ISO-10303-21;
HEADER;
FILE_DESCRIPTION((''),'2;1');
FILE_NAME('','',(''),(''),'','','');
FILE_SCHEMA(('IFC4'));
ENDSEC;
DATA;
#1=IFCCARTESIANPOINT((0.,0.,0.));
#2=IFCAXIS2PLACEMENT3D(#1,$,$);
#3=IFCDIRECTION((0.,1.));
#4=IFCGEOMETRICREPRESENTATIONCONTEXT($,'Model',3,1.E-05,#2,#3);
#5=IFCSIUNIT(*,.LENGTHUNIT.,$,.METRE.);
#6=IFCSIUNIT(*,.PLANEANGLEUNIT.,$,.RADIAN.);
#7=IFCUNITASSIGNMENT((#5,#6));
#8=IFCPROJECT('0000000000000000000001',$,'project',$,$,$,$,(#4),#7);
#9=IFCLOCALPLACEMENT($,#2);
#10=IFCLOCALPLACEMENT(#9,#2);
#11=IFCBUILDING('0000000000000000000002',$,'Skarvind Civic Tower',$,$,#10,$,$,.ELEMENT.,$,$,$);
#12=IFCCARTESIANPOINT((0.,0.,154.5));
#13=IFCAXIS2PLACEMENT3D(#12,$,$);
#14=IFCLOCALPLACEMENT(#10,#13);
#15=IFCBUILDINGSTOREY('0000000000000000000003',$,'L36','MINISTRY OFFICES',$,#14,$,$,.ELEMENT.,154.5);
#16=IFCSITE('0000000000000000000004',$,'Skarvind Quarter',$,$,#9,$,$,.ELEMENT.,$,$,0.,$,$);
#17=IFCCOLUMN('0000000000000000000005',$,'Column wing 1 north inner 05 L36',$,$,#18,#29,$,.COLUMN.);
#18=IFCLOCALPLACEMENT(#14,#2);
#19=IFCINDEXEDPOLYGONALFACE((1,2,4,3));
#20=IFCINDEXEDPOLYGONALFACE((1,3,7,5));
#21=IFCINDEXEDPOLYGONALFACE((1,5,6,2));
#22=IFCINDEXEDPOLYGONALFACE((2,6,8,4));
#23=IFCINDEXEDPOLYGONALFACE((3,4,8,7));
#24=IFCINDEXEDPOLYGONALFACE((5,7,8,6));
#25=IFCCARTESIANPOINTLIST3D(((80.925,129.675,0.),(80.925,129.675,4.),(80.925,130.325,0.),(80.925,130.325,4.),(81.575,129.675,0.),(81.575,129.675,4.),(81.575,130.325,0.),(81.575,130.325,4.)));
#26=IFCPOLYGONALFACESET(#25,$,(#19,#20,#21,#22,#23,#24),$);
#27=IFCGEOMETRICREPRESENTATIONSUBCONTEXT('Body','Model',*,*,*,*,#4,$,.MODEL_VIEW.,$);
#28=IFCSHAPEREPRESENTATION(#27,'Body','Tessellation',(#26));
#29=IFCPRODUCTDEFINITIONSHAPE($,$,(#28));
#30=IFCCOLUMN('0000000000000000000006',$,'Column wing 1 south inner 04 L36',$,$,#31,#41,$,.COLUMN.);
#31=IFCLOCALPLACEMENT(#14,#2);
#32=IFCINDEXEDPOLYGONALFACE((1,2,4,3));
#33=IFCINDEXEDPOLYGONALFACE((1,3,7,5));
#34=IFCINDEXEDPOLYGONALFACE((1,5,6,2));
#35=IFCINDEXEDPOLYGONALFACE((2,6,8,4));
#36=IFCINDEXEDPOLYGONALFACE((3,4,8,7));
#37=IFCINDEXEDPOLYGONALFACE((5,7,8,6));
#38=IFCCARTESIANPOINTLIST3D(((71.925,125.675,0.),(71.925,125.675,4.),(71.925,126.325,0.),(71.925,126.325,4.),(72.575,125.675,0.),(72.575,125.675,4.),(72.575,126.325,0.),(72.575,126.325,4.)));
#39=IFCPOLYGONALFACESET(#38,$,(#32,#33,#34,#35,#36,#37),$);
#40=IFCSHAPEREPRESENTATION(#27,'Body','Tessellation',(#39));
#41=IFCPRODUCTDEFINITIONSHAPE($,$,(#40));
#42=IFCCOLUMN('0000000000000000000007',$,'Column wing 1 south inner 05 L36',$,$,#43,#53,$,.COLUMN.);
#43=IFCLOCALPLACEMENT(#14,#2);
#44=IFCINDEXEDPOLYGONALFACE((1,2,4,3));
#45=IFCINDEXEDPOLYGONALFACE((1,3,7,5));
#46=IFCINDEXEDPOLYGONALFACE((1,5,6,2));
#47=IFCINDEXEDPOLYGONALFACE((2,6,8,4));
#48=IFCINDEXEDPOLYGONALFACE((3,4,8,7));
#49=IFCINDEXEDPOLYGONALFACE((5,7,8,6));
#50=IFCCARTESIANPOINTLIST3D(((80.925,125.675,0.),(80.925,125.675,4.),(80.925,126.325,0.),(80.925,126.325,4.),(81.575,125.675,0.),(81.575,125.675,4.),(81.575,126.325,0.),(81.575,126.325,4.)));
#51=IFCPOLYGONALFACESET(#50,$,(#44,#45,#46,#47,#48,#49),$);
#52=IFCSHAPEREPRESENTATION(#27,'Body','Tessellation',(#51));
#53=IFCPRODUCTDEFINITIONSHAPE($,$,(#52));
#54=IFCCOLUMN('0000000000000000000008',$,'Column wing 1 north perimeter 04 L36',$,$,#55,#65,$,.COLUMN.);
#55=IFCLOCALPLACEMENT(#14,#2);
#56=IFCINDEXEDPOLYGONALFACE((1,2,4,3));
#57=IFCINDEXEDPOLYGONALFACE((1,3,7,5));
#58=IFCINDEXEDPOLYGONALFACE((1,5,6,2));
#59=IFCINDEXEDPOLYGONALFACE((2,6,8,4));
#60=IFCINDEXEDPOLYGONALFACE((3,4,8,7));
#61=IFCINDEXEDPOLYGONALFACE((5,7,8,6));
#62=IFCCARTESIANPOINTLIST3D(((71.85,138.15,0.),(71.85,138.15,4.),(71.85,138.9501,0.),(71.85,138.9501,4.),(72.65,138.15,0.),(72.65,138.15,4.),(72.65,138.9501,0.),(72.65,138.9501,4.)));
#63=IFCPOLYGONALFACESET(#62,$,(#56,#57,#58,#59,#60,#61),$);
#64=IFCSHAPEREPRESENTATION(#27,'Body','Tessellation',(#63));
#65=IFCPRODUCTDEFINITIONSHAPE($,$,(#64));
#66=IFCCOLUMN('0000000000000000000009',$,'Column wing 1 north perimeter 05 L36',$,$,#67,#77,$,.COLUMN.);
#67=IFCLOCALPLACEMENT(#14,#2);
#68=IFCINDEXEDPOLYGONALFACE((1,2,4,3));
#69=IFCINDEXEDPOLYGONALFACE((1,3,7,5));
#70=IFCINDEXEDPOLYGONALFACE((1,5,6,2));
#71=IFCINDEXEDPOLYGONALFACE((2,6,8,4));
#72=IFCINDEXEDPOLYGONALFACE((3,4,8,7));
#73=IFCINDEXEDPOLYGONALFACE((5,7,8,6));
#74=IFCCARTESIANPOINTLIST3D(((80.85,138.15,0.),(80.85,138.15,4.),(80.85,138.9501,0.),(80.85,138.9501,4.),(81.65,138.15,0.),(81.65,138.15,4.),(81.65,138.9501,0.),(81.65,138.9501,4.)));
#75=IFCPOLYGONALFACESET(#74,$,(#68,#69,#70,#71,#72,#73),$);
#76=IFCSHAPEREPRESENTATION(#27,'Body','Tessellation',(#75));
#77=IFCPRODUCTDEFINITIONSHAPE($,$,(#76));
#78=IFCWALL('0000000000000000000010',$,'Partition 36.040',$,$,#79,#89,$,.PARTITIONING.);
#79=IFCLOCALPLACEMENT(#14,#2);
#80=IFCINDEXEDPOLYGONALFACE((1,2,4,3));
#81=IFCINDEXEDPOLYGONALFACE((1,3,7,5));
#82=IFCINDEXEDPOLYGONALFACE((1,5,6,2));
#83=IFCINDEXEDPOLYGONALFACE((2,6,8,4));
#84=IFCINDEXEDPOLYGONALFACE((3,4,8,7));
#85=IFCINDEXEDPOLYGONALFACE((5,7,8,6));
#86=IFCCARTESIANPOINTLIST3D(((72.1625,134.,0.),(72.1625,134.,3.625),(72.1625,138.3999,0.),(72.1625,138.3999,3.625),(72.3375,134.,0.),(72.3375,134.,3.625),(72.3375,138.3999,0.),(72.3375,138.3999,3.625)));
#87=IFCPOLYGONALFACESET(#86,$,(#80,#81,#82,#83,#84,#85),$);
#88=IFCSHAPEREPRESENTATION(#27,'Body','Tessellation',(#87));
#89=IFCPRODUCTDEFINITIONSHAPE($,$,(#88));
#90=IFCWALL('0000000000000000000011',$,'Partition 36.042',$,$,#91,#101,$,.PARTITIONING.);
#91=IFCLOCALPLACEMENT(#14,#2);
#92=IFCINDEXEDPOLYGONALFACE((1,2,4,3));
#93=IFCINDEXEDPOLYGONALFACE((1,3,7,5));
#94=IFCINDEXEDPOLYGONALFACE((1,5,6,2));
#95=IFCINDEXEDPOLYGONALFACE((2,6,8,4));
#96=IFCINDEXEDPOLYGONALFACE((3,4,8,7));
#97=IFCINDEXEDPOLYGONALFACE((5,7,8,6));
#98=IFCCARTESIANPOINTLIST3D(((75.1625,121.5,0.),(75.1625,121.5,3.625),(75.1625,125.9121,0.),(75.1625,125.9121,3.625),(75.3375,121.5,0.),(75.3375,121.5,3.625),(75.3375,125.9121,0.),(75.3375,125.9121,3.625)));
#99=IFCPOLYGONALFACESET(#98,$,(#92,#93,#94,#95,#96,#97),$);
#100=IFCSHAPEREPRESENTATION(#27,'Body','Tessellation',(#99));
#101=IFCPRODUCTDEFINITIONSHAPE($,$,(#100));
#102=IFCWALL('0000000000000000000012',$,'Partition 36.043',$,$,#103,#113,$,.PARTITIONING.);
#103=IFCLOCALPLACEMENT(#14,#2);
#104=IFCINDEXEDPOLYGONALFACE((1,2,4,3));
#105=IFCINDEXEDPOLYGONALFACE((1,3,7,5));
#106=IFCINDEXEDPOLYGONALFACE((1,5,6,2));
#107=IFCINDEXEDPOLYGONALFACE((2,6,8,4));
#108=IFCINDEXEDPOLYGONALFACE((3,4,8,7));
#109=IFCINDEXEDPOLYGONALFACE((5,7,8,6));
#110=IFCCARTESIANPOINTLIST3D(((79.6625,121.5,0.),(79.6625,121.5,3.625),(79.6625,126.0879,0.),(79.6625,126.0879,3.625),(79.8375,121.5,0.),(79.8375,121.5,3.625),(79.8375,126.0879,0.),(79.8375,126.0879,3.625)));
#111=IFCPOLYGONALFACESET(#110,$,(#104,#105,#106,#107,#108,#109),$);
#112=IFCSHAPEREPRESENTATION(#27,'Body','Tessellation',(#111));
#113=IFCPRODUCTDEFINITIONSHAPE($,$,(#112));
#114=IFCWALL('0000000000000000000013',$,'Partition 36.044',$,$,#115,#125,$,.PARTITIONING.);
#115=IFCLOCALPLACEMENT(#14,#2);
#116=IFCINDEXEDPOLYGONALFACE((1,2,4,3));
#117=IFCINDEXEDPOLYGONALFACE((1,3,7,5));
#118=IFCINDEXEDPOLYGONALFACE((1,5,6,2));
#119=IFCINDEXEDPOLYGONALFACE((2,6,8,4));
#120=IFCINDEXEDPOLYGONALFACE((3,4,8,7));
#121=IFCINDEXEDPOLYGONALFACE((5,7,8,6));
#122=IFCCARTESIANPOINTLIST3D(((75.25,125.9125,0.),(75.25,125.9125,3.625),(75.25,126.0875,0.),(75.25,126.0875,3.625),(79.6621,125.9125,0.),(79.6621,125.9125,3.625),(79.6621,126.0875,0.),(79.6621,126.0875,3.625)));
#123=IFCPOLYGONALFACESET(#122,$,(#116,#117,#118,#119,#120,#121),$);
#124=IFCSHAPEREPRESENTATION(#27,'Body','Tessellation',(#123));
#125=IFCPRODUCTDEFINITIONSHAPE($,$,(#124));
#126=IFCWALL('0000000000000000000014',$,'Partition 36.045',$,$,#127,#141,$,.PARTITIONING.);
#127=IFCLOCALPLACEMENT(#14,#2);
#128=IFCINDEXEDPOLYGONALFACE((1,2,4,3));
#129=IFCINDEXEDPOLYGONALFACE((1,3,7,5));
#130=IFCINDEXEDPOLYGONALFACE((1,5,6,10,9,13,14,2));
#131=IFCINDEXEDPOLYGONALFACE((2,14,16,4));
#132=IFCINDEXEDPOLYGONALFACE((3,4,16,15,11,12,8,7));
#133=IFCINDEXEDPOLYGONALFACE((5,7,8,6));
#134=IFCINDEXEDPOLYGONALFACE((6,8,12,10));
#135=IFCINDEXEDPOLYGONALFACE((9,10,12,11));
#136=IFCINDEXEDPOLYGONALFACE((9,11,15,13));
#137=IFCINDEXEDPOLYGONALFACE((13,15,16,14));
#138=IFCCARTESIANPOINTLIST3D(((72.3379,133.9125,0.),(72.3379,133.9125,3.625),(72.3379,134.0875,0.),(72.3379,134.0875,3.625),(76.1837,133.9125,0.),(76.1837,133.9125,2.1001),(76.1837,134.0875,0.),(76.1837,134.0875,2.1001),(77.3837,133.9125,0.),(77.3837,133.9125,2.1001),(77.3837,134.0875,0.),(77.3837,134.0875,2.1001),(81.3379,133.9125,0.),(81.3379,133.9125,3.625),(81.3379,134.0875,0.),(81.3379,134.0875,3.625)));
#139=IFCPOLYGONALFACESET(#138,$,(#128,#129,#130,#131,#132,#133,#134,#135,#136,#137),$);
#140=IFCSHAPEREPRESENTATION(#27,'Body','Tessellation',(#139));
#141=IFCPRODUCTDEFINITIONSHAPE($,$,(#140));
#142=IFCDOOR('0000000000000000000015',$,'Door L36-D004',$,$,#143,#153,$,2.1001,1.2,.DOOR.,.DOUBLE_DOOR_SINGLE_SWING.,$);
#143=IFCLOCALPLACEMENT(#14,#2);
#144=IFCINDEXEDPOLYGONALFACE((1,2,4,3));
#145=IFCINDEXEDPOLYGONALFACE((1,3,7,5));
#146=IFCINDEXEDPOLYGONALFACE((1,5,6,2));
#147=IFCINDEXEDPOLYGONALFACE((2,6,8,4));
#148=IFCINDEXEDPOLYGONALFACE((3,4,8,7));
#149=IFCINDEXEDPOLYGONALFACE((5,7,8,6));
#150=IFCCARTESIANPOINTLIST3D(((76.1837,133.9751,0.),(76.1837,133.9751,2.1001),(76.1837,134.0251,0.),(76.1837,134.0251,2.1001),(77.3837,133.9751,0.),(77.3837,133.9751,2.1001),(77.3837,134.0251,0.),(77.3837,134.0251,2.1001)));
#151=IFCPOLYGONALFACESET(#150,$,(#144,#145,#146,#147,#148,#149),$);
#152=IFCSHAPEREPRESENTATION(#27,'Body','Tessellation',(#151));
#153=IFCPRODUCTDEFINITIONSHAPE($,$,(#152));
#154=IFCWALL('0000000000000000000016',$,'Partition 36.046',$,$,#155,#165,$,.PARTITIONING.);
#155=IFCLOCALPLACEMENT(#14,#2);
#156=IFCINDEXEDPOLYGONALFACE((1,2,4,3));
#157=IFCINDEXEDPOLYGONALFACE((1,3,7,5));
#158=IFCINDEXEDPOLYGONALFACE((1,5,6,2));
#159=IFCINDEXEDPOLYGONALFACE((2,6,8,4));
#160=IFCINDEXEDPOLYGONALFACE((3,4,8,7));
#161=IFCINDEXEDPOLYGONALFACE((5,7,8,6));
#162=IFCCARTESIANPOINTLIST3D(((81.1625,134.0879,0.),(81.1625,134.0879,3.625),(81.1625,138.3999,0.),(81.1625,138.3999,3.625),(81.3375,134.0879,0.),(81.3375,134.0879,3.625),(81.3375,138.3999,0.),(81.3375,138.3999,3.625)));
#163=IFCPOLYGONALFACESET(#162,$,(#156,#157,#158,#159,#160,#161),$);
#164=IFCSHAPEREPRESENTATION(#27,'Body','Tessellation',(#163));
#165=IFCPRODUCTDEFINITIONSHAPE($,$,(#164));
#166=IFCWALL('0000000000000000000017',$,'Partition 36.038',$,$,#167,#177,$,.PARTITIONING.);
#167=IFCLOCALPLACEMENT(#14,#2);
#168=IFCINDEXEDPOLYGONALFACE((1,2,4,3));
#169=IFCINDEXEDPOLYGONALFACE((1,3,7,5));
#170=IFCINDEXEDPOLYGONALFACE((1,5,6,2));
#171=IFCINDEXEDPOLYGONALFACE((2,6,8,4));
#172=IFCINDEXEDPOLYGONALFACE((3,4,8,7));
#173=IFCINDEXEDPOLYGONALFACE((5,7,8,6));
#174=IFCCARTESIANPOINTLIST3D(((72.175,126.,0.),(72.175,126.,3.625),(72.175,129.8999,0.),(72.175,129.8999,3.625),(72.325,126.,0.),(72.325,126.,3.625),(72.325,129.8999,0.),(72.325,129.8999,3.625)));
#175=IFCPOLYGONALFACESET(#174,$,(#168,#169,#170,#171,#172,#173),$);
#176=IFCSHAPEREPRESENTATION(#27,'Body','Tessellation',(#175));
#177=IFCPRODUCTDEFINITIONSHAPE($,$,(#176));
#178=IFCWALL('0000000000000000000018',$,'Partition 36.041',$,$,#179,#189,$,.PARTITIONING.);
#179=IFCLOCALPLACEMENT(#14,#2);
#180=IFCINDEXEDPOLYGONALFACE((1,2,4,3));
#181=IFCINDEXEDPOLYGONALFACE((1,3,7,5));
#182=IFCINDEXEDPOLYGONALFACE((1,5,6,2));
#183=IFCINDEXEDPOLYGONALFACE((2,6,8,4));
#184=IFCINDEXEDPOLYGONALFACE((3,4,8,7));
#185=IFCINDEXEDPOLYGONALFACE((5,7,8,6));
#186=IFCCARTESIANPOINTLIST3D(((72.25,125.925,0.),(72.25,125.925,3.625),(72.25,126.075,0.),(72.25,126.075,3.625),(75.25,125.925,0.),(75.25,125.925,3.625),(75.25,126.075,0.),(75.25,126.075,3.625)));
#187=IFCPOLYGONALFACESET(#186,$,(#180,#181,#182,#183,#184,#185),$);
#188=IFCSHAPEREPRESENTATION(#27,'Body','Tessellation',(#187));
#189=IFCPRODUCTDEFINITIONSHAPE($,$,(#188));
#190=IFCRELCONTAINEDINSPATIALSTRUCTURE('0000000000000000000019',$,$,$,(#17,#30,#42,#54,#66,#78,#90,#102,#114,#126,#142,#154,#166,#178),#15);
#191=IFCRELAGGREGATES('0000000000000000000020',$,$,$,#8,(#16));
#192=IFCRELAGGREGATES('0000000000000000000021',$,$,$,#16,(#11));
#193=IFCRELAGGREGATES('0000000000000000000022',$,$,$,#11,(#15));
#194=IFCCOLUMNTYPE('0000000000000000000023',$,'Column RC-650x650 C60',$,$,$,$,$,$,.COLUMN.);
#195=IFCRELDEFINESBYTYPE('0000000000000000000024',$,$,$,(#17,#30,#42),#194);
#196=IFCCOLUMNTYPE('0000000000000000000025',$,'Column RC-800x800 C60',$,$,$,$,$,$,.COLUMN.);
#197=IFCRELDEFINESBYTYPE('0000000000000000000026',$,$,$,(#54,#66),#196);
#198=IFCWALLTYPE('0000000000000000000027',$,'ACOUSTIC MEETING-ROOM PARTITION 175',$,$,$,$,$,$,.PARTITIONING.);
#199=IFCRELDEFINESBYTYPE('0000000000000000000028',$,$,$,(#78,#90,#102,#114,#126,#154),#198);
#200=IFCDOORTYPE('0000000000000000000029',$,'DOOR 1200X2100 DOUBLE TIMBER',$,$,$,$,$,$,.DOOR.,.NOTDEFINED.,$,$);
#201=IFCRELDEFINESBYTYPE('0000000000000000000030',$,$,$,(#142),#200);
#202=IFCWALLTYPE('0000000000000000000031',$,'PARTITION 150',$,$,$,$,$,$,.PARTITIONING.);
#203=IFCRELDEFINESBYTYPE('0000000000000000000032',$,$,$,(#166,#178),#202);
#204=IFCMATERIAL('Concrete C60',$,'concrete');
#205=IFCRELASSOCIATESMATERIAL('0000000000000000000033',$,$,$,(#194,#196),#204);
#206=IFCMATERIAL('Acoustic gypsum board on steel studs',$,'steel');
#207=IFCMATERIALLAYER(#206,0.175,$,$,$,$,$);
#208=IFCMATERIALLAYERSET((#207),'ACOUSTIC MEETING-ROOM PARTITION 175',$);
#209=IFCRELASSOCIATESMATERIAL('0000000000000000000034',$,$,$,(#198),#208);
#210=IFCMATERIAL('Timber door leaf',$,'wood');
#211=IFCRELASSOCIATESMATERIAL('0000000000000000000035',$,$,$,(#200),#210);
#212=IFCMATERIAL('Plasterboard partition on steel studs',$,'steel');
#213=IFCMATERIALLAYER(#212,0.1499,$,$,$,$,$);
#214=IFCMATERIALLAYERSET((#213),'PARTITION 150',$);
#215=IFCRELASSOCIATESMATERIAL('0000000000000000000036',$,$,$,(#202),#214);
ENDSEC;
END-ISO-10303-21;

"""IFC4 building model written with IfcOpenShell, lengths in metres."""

from ifc_helpers import new_model, si_unit, direction, frame, frame_2d, origin, origin_2d, place, context, subcontext, project, spatial, rectangle, extrude, material, layer, layer_set, material_profile, profile_set, type_object, element, fill, save


model = new_model("IFC4")

# Units and contexts
model_context = context("Model", 3, precision=1e-05, world=origin(), true_north=direction((0.0, 1.0)))
body_context = subcontext(model_context, "Body", "Model", "MODEL_VIEW")
ifc_project = project(units=[si_unit("LENGTHUNIT", "METRE"), si_unit("PLANEANGLEUNIT", "RADIAN")], contexts=[model_context])

# Site, building, storey
site_placement = place(None, origin())
site = spatial("IfcSite", under=ifc_project, at=site_placement, Name="Skarvind Quarter", CompositionType="ELEMENT", RefElevation=0.0)
building_placement = place(site_placement, origin())
building = spatial("IfcBuilding", under=site, at=building_placement, Name="Skarvind Civic Tower", CompositionType="ELEMENT")
storey_placement = place(building_placement, frame((0.0, 0.0, 154.5)))
storey = spatial("IfcBuildingStorey", under=building, at=storey_placement, Name="L36", Description="MINISTRY OFFICES", CompositionType="ELEMENT", Elevation=154.5)

# Columns
ifc_material_1 = material(Name="Concrete C60", Category="concrete")
ifc_material_profile_1 = material_profile(ifc_material_1, rectangle(XDim=0.6499, YDim=0.6499, at=origin_2d()), Name="RC-650x650")
ifc_profile_set_1 = profile_set([ifc_material_profile_1], Name="Concrete C60")
column_type_1 = type_object("IfcColumnType", Name="Column RC-650x650 C60", PredefinedType="COLUMN", material=ifc_profile_set_1)
for number, where, z_axis, x_axis, name in (
    (1, (81.25, 130.0, 0.0), (0.0, 0.0, 1.0), (1.0, 0.0, 0.0), "Column wing 1 north inner 05 L36"),
    (2, (72.25, 126.0, 0.0), (0.0, 0.0, 1.0), (1.0, 0.0, 0.0), "Column wing 1 south inner 04 L36"),
    (3, (81.25, 126.0, 0.0), (0.0, 0.0, 1.0), (1.0, 0.0, 0.0), "Column wing 1 south inner 05 L36"),
):
    element("IfcColumn", number, at=place(storey_placement, frame(where, z_axis=z_axis, x_axis=x_axis)), inside=storey, type_object=column_type_1, Name=name, PredefinedType="COLUMN", context=body_context, shape_type="SweptSolid", body=[
        extrude(rectangle(XDim=0.6499, YDim=0.6499, at=origin_2d()), origin(), (0.0, 0.0, 1.0), 4.0),
    ])
ifc_material_profile_2 = material_profile(ifc_material_1, rectangle(XDim=0.8, YDim=0.8, at=origin_2d()), Name="RC-800x800")
ifc_profile_set_2 = profile_set([ifc_material_profile_2], Name="Concrete C60")
column_type_2 = type_object("IfcColumnType", Name="Column RC-800x800 C60", PredefinedType="COLUMN", material=ifc_profile_set_2)
for number, where, z_axis, x_axis, name in (
    (4, (72.25, 138.55, 0.0), (0.0, 0.0, 1.0), (1.0, 0.0, 0.0), "Column wing 1 north perimeter 04 L36"),
    (5, (81.25, 138.55, 0.0), (0.0, 0.0, 1.0), (1.0, 0.0, 0.0), "Column wing 1 north perimeter 05 L36"),
):
    element("IfcColumn", number, at=place(storey_placement, frame(where, z_axis=z_axis, x_axis=x_axis)), inside=storey, type_object=column_type_2, Name=name, PredefinedType="COLUMN", context=body_context, shape_type="SweptSolid", body=[
        extrude(rectangle(XDim=0.8, YDim=0.8, at=origin_2d()), origin(), (0.0, 0.0, 1.0), 4.0),
    ])

# Walls
ifc_material_2 = material(Name="Acoustic gypsum board on steel studs", Category="steel")
ifc_layer_1 = layer(ifc_material_2, 0.175)
ifc_layer_set_1 = layer_set([ifc_layer_1], Name="ACOUSTIC MEETING-ROOM PARTITION 175")
wall_type_1 = type_object("IfcWallType", Name="ACOUSTIC MEETING-ROOM PARTITION 175", PredefinedType="PARTITIONING", material=ifc_layer_set_1)
wall_1_placement = place(storey_placement, frame((72.25, 134.0, 0.0), z_axis=(0.0, 0.0, 1.0), x_axis=(0.0, 1.0, 0.0)))
element("IfcWall", 6, at=wall_1_placement, inside=storey, type_object=wall_type_1, Name="Partition 36.040", PredefinedType="PARTITIONING", context=body_context, shape_type="SweptSolid", body=[
    extrude(rectangle(XDim=4.3999, YDim=0.175, at=frame_2d((2.2, 0.0))), origin(), (0.0, 0.0, 1.0), 3.625),
])
wall_2_placement = place(storey_placement, frame((75.25, 125.9121, 0.0), z_axis=(0.0, 0.0, 1.0), x_axis=(0.0, -1.0, 0.0)))
element("IfcWall", 7, at=wall_2_placement, inside=storey, type_object=wall_type_1, Name="Partition 36.042", PredefinedType="PARTITIONING", context=body_context, shape_type="SweptSolid", body=[
    extrude(rectangle(XDim=4.4121, YDim=0.175, at=frame_2d((2.2061, 0.0))), origin(), (0.0, 0.0, 1.0), 3.625),
])
wall_3_placement = place(storey_placement, frame((79.75, 121.5, 0.0), z_axis=(0.0, 0.0, 1.0), x_axis=(0.0, 1.0, 0.0)))
element("IfcWall", 8, at=wall_3_placement, inside=storey, type_object=wall_type_1, Name="Partition 36.043", PredefinedType="PARTITIONING", context=body_context, shape_type="SweptSolid", body=[
    extrude(rectangle(XDim=4.5879, YDim=0.175, at=frame_2d((2.2939, 0.0))), origin(), (0.0, 0.0, 1.0), 3.625),
])
wall_4_placement = place(storey_placement, frame((79.6621, 126.0, 0.0), z_axis=(0.0, 0.0, 1.0), x_axis=(-1.0, 0.0, 0.0)))
element("IfcWall", 9, at=wall_4_placement, inside=storey, type_object=wall_type_1, Name="Partition 36.044", PredefinedType="PARTITIONING", context=body_context, shape_type="SweptSolid", body=[
    extrude(rectangle(XDim=4.4121, YDim=0.175, at=frame_2d((2.2061, 0.0))), origin(), (0.0, 0.0, 1.0), 3.625),
])

# Wall, opening, door
wall_5_placement = place(storey_placement, frame((81.3379, 134.0, 0.0), z_axis=(0.0, 0.0, 1.0), x_axis=(-1.0, 0.0, 0.0)))
wall_5 = element("IfcWall", 10, at=wall_5_placement, inside=storey, type_object=wall_type_1, Name="Partition 36.045", PredefinedType="PARTITIONING", context=body_context, shape_type="SweptSolid", body=[
    extrude(rectangle(XDim=9.0, YDim=0.175, at=frame_2d((4.5, 0.0))), origin(), (0.0, 0.0, 1.0), 3.625),
])
opening_placement = place(wall_5_placement, frame((3.9541, 0.0, 0.0)))
opening = element("IfcOpeningElement", 11, at=opening_placement, cuts=wall_5, PredefinedType="OPENING", context=body_context, shape_type="SweptSolid", body=[
    extrude(rectangle(XDim=1.2, YDim=2.1001, at=frame_2d((0.6001, 1.05))), frame((0.0, 0.0974, 0.0), z_axis=(0.0, -1.0, 0.0), x_axis=(1.0, 0.0, 0.0)), (0.0, 0.0, 1.0), 0.1951),
])
ifc_material_3 = material(Name="Timber door leaf", Category="wood")
door_type = type_object("IfcDoorType", Name="DOOR 1200X2100 DOUBLE TIMBER", OperationType="NOTDEFINED", PredefinedType="DOOR", material=ifc_material_3)
door_placement = place(opening_placement, origin())
door = element("IfcDoor", 12, at=door_placement, inside=storey, type_object=door_type, Name="Door L36-D004", OperationType="DOUBLE_DOOR_SINGLE_SWING", OverallHeight=2.1001, OverallWidth=1.2, PredefinedType="DOOR", context=body_context, shape_type="SweptSolid", body=[
    extrude(rectangle(XDim=1.2, YDim=2.1001, at=frame_2d((0.6001, 1.05))), frame((0.0, 0.0249, 0.0), z_axis=(0.0, -1.0, 0.0), x_axis=(1.0, 0.0, 0.0)), (0.0, 0.0, 1.0), 0.05),
])
fill(opening, door)

# Walls
wall_6_placement = place(storey_placement, frame((81.25, 138.3999, 0.0), z_axis=(0.0, 0.0, 1.0), x_axis=(0.0, -1.0, 0.0)))
element("IfcWall", 13, at=wall_6_placement, inside=storey, type_object=wall_type_1, Name="Partition 36.046", PredefinedType="PARTITIONING", context=body_context, shape_type="SweptSolid", body=[
    extrude(rectangle(XDim=4.312, YDim=0.175, at=frame_2d((2.156, 0.0))), origin(), (0.0, 0.0, 1.0), 3.625),
])
ifc_material_4 = material(Name="Plasterboard partition on steel studs", Category="steel")
ifc_layer_2 = layer(ifc_material_4, 0.1499)
ifc_layer_set_2 = layer_set([ifc_layer_2], Name="PARTITION 150")
wall_type_2 = type_object("IfcWallType", Name="PARTITION 150", PredefinedType="PARTITIONING", material=ifc_layer_set_2)
wall_7_placement = place(storey_placement, frame((72.25, 126.0, 0.0), z_axis=(0.0, 0.0, 1.0), x_axis=(0.0, 1.0, 0.0)))
element("IfcWall", 14, at=wall_7_placement, inside=storey, type_object=wall_type_2, Name="Partition 36.038", PredefinedType="PARTITIONING", context=body_context, shape_type="SweptSolid", body=[
    extrude(rectangle(XDim=3.8999, YDim=0.1499, at=frame_2d((1.95, 0.0))), origin(), (0.0, 0.0, 1.0), 3.625),
])
wall_8_placement = place(storey_placement, frame((75.25, 126.0, 0.0), z_axis=(0.0, 0.0, 1.0), x_axis=(-1.0, 0.0, 0.0)))
element("IfcWall", 15, at=wall_8_placement, inside=storey, type_object=wall_type_2, Name="Partition 36.041", PredefinedType="PARTITIONING", context=body_context, shape_type="SweptSolid", body=[
    extrude(rectangle(XDim=3.0, YDim=0.1499, at=frame_2d((1.5, 0.0))), origin(), (0.0, 0.0, 1.0), 3.625),
])

save(model, "model.ifc")
